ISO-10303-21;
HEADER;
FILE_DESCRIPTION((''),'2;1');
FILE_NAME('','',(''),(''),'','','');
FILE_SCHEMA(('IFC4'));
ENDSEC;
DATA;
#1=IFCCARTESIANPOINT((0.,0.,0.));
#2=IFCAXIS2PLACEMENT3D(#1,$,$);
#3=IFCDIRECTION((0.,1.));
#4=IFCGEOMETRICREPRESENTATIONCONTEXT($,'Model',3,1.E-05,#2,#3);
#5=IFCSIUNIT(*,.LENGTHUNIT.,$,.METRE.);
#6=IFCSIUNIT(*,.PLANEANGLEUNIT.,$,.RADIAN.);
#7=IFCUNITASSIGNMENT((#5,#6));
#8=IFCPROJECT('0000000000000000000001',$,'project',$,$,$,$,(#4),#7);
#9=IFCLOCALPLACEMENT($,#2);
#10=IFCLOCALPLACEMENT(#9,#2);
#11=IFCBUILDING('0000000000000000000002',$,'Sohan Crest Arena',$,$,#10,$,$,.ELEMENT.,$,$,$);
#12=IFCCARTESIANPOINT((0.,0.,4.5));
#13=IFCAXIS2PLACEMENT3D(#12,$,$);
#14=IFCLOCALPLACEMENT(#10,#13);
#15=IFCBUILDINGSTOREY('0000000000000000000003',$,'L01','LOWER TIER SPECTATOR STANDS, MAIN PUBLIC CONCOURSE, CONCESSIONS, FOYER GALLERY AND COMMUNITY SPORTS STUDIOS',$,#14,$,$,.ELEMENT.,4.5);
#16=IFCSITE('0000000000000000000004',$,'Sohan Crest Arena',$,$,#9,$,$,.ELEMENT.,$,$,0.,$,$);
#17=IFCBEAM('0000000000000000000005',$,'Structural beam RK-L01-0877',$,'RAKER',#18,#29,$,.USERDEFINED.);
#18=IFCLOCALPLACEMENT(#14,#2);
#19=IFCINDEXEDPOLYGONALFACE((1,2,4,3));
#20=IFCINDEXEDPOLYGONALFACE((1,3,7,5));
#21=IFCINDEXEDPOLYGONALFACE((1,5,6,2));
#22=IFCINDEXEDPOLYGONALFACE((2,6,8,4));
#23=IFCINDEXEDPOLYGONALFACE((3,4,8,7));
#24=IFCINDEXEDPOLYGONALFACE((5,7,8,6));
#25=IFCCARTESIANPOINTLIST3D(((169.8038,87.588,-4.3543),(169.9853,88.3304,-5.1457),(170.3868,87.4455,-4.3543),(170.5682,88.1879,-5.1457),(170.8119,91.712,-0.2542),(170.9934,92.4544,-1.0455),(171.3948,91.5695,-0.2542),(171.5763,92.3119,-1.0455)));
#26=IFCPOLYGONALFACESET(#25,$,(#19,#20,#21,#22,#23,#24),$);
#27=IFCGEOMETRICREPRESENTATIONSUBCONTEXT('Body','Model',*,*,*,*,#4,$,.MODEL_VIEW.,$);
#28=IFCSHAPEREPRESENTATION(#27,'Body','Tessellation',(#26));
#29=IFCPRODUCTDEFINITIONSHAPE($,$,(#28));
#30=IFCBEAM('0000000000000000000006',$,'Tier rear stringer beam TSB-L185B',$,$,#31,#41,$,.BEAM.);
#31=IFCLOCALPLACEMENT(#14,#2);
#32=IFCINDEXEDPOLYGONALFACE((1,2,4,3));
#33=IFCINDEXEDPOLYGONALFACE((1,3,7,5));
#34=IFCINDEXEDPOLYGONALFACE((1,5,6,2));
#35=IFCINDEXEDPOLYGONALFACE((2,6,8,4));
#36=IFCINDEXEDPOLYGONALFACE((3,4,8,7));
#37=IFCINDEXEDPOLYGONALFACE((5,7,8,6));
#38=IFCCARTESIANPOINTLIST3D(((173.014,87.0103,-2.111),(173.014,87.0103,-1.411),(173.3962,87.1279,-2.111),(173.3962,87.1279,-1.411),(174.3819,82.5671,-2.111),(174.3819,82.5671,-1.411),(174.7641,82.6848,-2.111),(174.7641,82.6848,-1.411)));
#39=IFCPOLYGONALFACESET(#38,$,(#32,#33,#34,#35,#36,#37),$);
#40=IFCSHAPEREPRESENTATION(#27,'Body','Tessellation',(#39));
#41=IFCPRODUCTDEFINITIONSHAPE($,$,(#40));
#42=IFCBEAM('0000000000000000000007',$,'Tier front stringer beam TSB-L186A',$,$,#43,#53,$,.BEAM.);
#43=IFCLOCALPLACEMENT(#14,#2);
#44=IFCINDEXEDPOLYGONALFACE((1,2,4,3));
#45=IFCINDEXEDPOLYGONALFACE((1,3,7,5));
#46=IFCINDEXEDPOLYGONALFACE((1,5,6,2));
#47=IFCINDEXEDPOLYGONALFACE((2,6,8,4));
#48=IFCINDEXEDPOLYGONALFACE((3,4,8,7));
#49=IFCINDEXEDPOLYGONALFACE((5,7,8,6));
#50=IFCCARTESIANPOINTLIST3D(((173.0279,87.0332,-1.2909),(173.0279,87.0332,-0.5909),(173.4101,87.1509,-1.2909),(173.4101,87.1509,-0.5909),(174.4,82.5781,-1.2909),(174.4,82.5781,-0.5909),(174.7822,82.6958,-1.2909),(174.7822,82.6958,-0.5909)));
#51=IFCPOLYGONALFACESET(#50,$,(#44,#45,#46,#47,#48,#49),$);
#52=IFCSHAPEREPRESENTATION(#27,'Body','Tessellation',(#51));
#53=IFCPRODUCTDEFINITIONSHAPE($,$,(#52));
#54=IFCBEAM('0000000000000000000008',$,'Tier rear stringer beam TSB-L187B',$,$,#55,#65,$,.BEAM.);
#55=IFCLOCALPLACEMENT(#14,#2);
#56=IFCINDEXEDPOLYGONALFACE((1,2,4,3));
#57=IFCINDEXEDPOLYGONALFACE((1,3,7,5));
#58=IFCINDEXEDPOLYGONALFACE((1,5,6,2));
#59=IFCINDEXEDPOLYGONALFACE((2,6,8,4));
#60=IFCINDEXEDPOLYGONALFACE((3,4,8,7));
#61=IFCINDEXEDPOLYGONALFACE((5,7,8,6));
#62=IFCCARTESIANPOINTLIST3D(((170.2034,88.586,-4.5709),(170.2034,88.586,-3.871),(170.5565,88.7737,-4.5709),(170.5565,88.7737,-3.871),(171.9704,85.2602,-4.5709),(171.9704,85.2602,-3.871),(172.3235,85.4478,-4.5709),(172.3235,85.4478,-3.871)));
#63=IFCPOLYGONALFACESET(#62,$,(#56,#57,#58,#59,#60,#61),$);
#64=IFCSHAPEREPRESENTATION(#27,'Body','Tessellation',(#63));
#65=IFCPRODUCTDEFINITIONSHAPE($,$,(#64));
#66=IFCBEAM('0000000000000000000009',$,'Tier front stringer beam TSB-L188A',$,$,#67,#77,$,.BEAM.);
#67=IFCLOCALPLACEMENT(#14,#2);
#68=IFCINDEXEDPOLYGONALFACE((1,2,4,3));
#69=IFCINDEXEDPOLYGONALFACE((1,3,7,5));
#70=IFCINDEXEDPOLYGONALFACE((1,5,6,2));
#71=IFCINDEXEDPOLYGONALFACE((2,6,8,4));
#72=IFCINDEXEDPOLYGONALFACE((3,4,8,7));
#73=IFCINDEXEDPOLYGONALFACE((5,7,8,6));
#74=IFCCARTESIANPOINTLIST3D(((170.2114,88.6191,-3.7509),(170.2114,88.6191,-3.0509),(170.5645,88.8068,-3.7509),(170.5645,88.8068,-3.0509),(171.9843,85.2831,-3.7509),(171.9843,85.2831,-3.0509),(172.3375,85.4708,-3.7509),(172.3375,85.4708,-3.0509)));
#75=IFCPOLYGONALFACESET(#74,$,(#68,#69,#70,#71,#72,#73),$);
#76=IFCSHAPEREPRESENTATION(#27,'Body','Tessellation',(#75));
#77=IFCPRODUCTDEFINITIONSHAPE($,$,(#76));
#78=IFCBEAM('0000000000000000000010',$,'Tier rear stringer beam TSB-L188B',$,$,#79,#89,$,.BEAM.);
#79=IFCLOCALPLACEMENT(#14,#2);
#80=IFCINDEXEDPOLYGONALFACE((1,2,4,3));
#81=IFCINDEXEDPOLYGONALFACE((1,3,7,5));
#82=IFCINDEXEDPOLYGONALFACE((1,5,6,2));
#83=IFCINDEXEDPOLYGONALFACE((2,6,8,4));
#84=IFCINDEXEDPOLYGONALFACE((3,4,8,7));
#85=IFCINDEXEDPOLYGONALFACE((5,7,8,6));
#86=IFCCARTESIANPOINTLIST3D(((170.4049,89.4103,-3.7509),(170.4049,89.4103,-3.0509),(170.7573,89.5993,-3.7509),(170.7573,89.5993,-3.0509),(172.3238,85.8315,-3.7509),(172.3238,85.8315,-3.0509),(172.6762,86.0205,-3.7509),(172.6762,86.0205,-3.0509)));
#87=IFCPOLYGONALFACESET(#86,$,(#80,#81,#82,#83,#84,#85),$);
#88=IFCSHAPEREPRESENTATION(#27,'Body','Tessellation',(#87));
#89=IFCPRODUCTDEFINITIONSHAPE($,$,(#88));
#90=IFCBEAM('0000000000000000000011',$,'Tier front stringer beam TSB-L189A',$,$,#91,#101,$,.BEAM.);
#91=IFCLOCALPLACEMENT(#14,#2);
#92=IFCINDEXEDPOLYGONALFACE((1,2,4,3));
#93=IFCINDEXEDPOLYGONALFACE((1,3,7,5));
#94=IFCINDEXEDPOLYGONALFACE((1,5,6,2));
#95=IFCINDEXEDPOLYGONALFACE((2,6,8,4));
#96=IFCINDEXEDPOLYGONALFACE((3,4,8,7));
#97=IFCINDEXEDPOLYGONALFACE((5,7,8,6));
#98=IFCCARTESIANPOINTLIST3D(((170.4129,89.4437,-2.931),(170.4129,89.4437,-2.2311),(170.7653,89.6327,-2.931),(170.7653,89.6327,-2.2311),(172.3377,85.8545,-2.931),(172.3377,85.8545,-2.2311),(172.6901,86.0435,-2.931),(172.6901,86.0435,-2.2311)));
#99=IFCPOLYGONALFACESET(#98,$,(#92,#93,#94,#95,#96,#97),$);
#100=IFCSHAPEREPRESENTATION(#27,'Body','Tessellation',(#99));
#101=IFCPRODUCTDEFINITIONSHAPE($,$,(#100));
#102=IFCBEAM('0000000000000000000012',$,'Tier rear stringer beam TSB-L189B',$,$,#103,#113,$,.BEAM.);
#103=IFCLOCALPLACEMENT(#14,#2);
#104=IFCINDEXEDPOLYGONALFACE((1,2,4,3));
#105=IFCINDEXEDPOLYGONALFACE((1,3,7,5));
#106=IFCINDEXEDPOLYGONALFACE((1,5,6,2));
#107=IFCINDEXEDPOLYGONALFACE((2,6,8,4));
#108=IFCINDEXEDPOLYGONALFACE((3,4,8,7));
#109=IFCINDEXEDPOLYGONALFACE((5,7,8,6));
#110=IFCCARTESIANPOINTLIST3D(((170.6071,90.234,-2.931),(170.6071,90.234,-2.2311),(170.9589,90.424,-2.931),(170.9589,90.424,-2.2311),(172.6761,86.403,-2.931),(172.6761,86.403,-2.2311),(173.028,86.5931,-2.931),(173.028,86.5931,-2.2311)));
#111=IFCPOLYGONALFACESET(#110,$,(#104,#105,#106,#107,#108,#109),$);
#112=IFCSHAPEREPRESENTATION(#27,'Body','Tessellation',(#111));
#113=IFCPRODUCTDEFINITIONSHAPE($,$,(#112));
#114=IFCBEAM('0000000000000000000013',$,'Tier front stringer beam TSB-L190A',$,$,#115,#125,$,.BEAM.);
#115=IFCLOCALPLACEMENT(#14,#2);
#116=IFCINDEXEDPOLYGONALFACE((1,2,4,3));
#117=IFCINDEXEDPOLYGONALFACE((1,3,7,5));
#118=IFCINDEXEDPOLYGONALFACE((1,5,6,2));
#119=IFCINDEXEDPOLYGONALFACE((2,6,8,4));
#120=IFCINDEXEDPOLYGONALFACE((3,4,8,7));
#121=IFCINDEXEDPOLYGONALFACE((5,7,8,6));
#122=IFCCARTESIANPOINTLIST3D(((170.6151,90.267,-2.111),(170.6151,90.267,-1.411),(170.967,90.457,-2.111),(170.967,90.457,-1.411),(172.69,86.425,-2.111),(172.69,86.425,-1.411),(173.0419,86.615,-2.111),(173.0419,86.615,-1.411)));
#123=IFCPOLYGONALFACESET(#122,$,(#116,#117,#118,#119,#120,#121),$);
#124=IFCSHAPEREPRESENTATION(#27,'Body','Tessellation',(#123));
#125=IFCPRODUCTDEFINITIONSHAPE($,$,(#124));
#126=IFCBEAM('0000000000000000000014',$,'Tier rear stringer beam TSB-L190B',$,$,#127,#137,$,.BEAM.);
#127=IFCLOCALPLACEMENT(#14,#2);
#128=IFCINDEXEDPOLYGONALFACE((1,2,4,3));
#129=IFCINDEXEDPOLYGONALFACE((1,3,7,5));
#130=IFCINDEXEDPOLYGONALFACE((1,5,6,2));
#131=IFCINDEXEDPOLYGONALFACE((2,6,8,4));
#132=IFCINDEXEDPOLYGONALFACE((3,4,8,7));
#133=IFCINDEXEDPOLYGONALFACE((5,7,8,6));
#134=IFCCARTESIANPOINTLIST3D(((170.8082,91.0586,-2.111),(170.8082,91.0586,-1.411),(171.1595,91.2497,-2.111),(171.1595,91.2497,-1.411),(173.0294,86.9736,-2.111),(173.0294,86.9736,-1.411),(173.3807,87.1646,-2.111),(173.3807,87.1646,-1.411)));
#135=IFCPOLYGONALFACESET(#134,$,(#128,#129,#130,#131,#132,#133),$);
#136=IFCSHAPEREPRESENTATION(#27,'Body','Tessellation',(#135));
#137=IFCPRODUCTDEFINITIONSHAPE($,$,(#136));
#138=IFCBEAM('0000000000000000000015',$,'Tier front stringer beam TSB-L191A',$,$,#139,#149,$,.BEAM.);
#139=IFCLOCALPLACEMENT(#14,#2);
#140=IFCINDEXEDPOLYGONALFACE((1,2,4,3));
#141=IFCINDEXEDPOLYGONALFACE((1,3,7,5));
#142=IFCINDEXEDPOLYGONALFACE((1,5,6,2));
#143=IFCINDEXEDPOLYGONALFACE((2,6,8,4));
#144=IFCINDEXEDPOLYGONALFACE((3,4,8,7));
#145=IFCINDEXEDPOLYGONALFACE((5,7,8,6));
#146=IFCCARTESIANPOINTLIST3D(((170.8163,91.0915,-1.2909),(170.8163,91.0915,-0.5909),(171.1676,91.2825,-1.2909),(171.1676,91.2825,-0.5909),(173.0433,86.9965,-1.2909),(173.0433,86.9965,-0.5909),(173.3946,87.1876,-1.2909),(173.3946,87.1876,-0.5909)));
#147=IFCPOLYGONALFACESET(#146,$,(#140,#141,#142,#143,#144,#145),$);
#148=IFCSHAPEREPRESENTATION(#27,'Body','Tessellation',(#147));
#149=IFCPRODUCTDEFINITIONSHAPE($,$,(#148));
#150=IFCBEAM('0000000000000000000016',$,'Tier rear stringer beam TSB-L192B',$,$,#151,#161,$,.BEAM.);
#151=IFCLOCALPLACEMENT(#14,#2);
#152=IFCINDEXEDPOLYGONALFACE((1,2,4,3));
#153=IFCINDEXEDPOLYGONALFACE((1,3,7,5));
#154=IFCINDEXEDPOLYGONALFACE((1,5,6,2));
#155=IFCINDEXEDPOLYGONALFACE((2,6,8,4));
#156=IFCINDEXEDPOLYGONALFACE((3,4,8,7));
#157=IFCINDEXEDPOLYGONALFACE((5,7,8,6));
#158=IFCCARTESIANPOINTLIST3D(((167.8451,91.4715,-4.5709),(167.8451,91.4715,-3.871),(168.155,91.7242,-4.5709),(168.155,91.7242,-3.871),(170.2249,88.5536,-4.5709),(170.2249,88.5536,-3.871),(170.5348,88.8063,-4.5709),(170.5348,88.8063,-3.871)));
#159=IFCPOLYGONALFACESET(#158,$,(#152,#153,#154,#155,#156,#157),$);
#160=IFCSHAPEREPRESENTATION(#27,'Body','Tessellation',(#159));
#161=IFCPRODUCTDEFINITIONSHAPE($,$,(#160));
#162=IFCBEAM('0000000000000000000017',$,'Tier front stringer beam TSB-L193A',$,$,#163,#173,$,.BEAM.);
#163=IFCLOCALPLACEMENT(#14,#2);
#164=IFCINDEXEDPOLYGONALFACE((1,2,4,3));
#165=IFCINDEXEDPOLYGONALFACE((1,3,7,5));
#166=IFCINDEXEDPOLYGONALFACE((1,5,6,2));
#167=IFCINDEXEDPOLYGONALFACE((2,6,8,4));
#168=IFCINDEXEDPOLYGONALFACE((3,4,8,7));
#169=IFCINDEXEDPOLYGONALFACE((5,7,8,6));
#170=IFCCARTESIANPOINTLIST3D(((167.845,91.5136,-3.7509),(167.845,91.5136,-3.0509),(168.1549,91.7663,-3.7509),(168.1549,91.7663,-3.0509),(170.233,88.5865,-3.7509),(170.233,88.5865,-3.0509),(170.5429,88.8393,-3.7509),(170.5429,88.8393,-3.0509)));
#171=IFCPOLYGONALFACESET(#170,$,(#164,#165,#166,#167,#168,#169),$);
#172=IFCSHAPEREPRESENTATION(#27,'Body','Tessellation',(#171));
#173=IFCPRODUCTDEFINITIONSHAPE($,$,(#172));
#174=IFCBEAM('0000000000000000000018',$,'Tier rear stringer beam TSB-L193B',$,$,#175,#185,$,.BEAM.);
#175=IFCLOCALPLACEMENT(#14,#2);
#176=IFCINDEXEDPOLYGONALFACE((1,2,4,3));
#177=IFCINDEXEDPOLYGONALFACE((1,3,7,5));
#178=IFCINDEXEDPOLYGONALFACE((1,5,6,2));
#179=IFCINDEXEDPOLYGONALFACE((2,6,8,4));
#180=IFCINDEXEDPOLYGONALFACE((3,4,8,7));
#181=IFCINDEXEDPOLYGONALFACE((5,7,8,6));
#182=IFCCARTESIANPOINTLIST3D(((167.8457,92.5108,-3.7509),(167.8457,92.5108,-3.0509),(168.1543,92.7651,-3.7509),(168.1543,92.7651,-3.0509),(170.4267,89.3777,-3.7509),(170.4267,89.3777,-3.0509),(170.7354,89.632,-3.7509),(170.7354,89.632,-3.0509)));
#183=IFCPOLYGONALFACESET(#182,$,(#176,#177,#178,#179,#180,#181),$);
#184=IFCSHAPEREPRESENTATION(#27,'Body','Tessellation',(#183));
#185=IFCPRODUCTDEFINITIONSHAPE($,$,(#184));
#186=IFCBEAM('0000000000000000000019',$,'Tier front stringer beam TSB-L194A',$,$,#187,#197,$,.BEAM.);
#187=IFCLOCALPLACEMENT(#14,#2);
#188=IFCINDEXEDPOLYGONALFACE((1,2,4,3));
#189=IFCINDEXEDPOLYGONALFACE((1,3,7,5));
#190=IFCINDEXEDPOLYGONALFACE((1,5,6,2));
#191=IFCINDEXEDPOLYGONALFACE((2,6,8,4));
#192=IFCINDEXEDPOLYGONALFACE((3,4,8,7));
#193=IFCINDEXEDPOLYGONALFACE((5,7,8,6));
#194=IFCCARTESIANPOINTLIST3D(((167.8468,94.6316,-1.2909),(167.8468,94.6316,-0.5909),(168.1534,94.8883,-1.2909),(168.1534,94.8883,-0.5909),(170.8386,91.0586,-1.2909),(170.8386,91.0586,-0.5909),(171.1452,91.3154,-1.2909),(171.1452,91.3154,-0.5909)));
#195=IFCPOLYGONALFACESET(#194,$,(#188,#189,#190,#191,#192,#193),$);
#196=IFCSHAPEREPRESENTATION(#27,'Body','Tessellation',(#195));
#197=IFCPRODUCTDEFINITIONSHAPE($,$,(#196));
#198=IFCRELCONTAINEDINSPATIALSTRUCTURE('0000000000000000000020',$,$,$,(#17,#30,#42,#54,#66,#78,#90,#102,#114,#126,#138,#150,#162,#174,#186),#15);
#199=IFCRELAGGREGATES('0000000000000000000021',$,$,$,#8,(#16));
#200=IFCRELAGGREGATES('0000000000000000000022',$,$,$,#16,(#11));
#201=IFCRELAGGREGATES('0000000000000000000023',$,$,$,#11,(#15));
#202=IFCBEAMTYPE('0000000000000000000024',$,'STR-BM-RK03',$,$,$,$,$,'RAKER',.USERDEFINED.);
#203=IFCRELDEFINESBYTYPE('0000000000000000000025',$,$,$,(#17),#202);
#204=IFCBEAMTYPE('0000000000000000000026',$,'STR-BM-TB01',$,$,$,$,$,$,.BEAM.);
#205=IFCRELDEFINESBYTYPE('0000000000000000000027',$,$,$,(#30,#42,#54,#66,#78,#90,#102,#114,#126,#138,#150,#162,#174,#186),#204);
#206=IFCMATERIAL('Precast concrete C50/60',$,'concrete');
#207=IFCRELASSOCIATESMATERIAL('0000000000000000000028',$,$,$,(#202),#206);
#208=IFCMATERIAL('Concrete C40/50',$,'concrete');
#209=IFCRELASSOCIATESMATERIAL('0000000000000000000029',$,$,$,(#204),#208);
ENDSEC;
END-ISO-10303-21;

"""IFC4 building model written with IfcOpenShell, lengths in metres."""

from ifc_helpers import new_model, si_unit, direction, frame, origin, origin_2d, place, context, subcontext, project, spatial, rectangle, extrude, material, material_profile, profile_set, type_object, element, save


model = new_model("IFC4")

# Units and contexts
model_context = context("Model", 3, precision=1e-05, world=origin(), true_north=direction((0.0, 1.0)))
body_context = subcontext(model_context, "Body", "Model", "MODEL_VIEW")
ifc_project = project(units=[si_unit("LENGTHUNIT", "METRE"), si_unit("PLANEANGLEUNIT", "RADIAN")], contexts=[model_context])

# Site, building, storey
site_placement = place(None, origin())
site = spatial("IfcSite", under=ifc_project, at=site_placement, Name="Sohan Crest Arena", CompositionType="ELEMENT", RefElevation=0.0)
building_placement = place(site_placement, origin())
building = spatial("IfcBuilding", under=site, at=building_placement, Name="Sohan Crest Arena", CompositionType="ELEMENT")
storey_placement = place(building_placement, frame((0.0, 0.0, 4.5)))
storey = spatial("IfcBuildingStorey", under=building, at=storey_placement, Name="L01", Description="LOWER TIER SPECTATOR STANDS, MAIN PUBLIC CONCOURSE, CONCESSIONS, FOYER GALLERY AND COMMUNITY SPORTS STUDIOS", CompositionType="ELEMENT", Elevation=4.5)

# Shared definitions
ifc_material_1 = material(Name="Concrete C40/50", Category="concrete")

# Beams
ifc_material_2 = material(Name="Precast concrete C50/60", Category="concrete")
ifc_material_profile_1 = material_profile(ifc_material_2, rectangle(XDim=0.6001, YDim=1.1001, at=origin_2d()), Name="RAKER 600x1100")
ifc_profile_set_1 = profile_set([ifc_material_profile_1], Name="Precast concrete C50/60")
beam_type_1 = type_object("IfcBeamType", Name="STR-BM-RK03", ElementType="RAKER", PredefinedType="USERDEFINED", material=ifc_profile_set_1)
beam_1_placement = place(storey_placement, frame((170.186, 87.8879, -4.75), z_axis=(0.170797, 0.698741, 0.694687), x_axis=(-0.971401, 0.237445, 0.0)))
element("IfcBeam", 1, at=beam_1_placement, inside=storey, type_object=beam_type_1, Name="Structural beam RK-L01-0877", ObjectType="RAKER", PredefinedType="USERDEFINED", context=body_context, shape_type="SweptSolid", body=[
    extrude(rectangle(XDim=0.6001, YDim=1.1001, at=origin_2d()), origin(), (0.0, 0.0, 1.0), 5.9021),
])
ifc_material_profile_2 = material_profile(ifc_material_1, rectangle(XDim=0.3999, YDim=0.7, at=origin_2d()), Name="RC-BM 400x700")
ifc_profile_set_2 = profile_set([ifc_material_profile_2], Name="Concrete C40/50")
beam_type_2 = type_object("IfcBeamType", Name="STR-BM-TB01", PredefinedType="BEAM", material=ifc_profile_set_2)
beam_2_placement = place(storey_placement, frame((174.573, 82.626, -1.761), z_axis=(-0.294245, 0.95573, 0.0), x_axis=(-0.95573, -0.294245, 0.0)))
element("IfcBeam", 2, at=beam_2_placement, inside=storey, type_object=beam_type_2, Name="Tier rear stringer beam TSB-L185B", PredefinedType="BEAM", context=body_context, shape_type="SweptSolid", body=[
    extrude(rectangle(XDim=0.3999, YDim=0.7, at=origin_2d()), origin(), (0.0, 0.0, 1.0), 4.6489),
])
beam_3_placement = place(storey_placement, frame((174.5911, 82.637, -0.9409), z_axis=(-0.294336, 0.955702, 0.0), x_axis=(-0.955702, -0.294336, 0.0)))
element("IfcBeam", 3, at=beam_3_placement, inside=storey, type_object=beam_type_2, Name="Tier front stringer beam TSB-L186A", PredefinedType="BEAM", context=body_context, shape_type="SweptSolid", body=[
    extrude(rectangle(XDim=0.3999, YDim=0.7, at=origin_2d()), origin(), (0.0, 0.0, 1.0), 4.6616),
])
beam_4_placement = place(storey_placement, frame((172.147, 85.354, -4.2209), z_axis=(-0.469195, 0.883095, 0.0), x_axis=(-0.883095, -0.469195, 0.0)))
element("IfcBeam", 4, at=beam_4_placement, inside=storey, type_object=beam_type_2, Name="Tier rear stringer beam TSB-L187B", PredefinedType="BEAM", context=body_context, shape_type="SweptSolid", body=[
    extrude(rectangle(XDim=0.3999, YDim=0.7, at=origin_2d()), origin(), (0.0, 0.0, 1.0), 3.7661),
])
beam_5_placement = place(storey_placement, frame((172.1609, 85.377, -3.4009), z_axis=(-0.469306, 0.883035, 0.0), x_axis=(-0.883035, -0.469306, 0.0)))
element("IfcBeam", 5, at=beam_5_placement, inside=storey, type_object=beam_type_2, Name="Tier front stringer beam TSB-L188A", PredefinedType="BEAM", context=body_context, shape_type="SweptSolid", body=[
    extrude(rectangle(XDim=0.3999, YDim=0.7, at=origin_2d()), origin(), (0.0, 0.0, 1.0), 3.7778),
])
beam_6_placement = place(storey_placement, frame((172.5, 85.926, -3.4009), z_axis=(-0.472547, 0.881306, 0.0), x_axis=(-0.881306, -0.472547, 0.0)))
element("IfcBeam", 6, at=beam_6_placement, inside=storey, type_object=beam_type_2, Name="Tier rear stringer beam TSB-L188B", PredefinedType="BEAM", context=body_context, shape_type="SweptSolid", body=[
    extrude(rectangle(XDim=0.3999, YDim=0.7, at=origin_2d()), origin(), (0.0, 0.0, 1.0), 4.0608),
])
beam_7_placement = place(storey_placement, frame((172.5139, 85.949, -2.5811), z_axis=(-0.472616, 0.881269, 0.0), x_axis=(-0.881269, -0.472616, 0.0)))
element("IfcBeam", 7, at=beam_7_placement, inside=storey, type_object=beam_type_2, Name="Tier front stringer beam TSB-L189A", PredefinedType="BEAM", context=body_context, shape_type="SweptSolid", body=[
    extrude(rectangle(XDim=0.3999, YDim=0.7, at=origin_2d()), origin(), (0.0, 0.0, 1.0), 4.0728),
])
beam_8_placement = place(storey_placement, frame((172.8521, 86.498, -2.5811), z_axis=(-0.475206, 0.879874, 0.0), x_axis=(-0.879874, -0.475206, 0.0)))
element("IfcBeam", 8, at=beam_8_placement, inside=storey, type_object=beam_type_2, Name="Tier rear stringer beam TSB-L189B", PredefinedType="BEAM", context=body_context, shape_type="SweptSolid", body=[
    extrude(rectangle(XDim=0.3999, YDim=0.7, at=origin_2d()), origin(), (0.0, 0.0, 1.0), 4.354),
])
beam_9_placement = place(storey_placement, frame((172.866, 86.52, -1.761), z_axis=(-0.475193, 0.879882, 0.0), x_axis=(-0.879882, -0.475193, 0.0)))
element("IfcBeam", 9, at=beam_9_placement, inside=storey, type_object=beam_type_2, Name="Tier front stringer beam TSB-L190A", PredefinedType="BEAM", context=body_context, shape_type="SweptSolid", body=[
    extrude(rectangle(XDim=0.3999, YDim=0.7, at=origin_2d()), origin(), (0.0, 0.0, 1.0), 4.3665),
])
beam_10_placement = place(storey_placement, frame((173.2051, 87.0691, -1.761), z_axis=(-0.477697, 0.878525, 0.0), x_axis=(-0.878525, -0.477697, 0.0)))
element("IfcBeam", 10, at=beam_10_placement, inside=storey, type_object=beam_type_2, Name="Tier rear stringer beam TSB-L190B", PredefinedType="BEAM", context=body_context, shape_type="SweptSolid", body=[
    extrude(rectangle(XDim=0.3999, YDim=0.7, at=origin_2d()), origin(), (0.0, 0.0, 1.0), 4.6499),
])
beam_11_placement = place(storey_placement, frame((173.219, 87.092, -0.9409), z_axis=(-0.477766, 0.878487, 0.0), x_axis=(-0.878487, -0.477766, 0.0)))
element("IfcBeam", 11, at=beam_11_placement, inside=storey, type_object=beam_type_2, Name="Tier front stringer beam TSB-L191A", PredefinedType="BEAM", context=body_context, shape_type="SweptSolid", body=[
    extrude(rectangle(XDim=0.3999, YDim=0.7, at=origin_2d()), origin(), (0.0, 0.0, 1.0), 4.6614),
])
beam_12_placement = place(storey_placement, frame((170.3799, 88.6799, -4.2209), z_axis=(-0.632037, 0.774939, 0.0), x_axis=(-0.774939, -0.632037, 0.0)))
element("IfcBeam", 12, at=beam_12_placement, inside=storey, type_object=beam_type_2, Name="Tier rear stringer beam TSB-L192B", PredefinedType="BEAM", context=body_context, shape_type="SweptSolid", body=[
    extrude(rectangle(XDim=0.3999, YDim=0.7, at=origin_2d()), origin(), (0.0, 0.0, 1.0), 3.7654),
])
beam_13_placement = place(storey_placement, frame((170.3879, 88.7129, -3.4009), z_axis=(-0.632146, 0.774849, 0.0), x_axis=(-0.774849, -0.632146, 0.0)))
element("IfcBeam", 13, at=beam_13_placement, inside=storey, type_object=beam_type_2, Name="Tier front stringer beam TSB-L193A", PredefinedType="BEAM", context=body_context, shape_type="SweptSolid", body=[
    extrude(rectangle(XDim=0.3999, YDim=0.7, at=origin_2d()), origin(), (0.0, 0.0, 1.0), 3.7776),
])
beam_14_placement = place(storey_placement, frame((170.5811, 89.5049, -3.4009), z_axis=(-0.635838, 0.771823, 0.0), x_axis=(-0.771823, -0.635838, 0.0)))
element("IfcBeam", 14, at=beam_14_placement, inside=storey, type_object=beam_type_2, Name="Tier rear stringer beam TSB-L193B", PredefinedType="BEAM", context=body_context, shape_type="SweptSolid", body=[
    extrude(rectangle(XDim=0.3999, YDim=0.7, at=origin_2d()), origin(), (0.0, 0.0, 1.0), 4.0593),
])
beam_15_placement = place(storey_placement, frame((170.9919, 91.187, -0.9409), z_axis=(-0.642012, 0.766695, 0.0), x_axis=(-0.766695, -0.642012, 0.0)))
element("IfcBeam", 15, at=beam_15_placement, inside=storey, type_object=beam_type_2, Name="Tier front stringer beam TSB-L194A", PredefinedType="BEAM", context=body_context, shape_type="SweptSolid", body=[
    extrude(rectangle(XDim=0.3999, YDim=0.7, at=origin_2d()), origin(), (0.0, 0.0, 1.0), 4.6602),
])

save(model, "model.ifc")
